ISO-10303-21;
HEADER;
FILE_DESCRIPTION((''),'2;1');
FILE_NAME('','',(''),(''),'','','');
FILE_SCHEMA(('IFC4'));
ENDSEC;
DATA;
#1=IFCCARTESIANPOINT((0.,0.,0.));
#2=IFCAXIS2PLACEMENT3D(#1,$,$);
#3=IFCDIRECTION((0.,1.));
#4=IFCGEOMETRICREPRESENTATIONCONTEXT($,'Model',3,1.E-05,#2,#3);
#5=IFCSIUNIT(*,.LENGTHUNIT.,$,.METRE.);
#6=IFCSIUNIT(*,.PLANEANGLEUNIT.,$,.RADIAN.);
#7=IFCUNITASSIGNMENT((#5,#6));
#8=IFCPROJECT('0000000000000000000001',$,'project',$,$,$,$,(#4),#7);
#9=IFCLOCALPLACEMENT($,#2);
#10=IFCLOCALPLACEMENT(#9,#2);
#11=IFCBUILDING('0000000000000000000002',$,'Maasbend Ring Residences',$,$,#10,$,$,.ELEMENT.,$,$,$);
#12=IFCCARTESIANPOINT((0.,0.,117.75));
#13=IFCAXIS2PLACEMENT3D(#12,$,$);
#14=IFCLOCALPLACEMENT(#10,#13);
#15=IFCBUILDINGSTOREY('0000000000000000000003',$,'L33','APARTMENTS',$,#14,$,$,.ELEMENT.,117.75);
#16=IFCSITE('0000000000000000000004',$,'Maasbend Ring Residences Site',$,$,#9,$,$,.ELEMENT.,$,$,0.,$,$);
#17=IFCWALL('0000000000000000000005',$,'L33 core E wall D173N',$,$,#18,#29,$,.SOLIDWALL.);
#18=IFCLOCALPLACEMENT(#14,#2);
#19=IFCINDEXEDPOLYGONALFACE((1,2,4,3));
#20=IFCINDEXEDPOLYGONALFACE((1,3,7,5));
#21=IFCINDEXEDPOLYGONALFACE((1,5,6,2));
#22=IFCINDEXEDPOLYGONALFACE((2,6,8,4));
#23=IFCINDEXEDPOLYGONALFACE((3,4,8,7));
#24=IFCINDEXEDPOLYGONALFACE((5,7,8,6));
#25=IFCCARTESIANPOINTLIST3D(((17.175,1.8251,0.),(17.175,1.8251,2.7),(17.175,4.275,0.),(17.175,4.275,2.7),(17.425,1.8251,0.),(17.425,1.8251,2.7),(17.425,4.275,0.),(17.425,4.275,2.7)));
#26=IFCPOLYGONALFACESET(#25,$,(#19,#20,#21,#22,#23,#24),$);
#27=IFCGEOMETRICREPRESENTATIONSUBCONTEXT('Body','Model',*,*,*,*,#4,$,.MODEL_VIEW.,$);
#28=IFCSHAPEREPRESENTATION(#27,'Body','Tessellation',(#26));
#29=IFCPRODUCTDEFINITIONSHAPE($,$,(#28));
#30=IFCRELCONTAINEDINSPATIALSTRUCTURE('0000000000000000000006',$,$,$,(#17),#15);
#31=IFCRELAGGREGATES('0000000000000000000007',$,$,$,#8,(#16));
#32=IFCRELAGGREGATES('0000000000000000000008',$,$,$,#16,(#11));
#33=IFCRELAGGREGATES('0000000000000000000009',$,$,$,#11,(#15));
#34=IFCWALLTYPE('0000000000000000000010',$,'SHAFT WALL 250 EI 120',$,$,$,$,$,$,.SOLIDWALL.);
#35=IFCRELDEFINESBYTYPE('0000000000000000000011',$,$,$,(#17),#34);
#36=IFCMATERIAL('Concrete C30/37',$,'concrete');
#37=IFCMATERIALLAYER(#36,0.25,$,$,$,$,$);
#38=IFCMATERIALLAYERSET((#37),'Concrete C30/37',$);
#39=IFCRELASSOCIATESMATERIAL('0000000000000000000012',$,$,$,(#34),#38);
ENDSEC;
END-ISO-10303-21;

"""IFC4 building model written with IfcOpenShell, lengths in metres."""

from ifc_helpers import new_model, si_unit, direction, frame, frame_2d, origin, place, context, subcontext, project, spatial, rectangle, extrude, material, layer, layer_set, type_object, element, save


model = new_model("IFC4")

# Units and contexts
model_context = context("Model", 3, precision=1e-05, world=origin(), true_north=direction((0.0, 1.0)))
body_context = subcontext(model_context, "Body", "Model", "MODEL_VIEW")
ifc_project = project(units=[si_unit("LENGTHUNIT", "METRE"), si_unit("PLANEANGLEUNIT", "RADIAN")], contexts=[model_context])

# Site, building, storey
site_placement = place(None, origin())
site = spatial("IfcSite", under=ifc_project, at=site_placement, Name="Maasbend Ring Residences Site", CompositionType="ELEMENT", RefElevation=0.0)
building_placement = place(site_placement, origin())
building = spatial("IfcBuilding", under=site, at=building_placement, Name="Maasbend Ring Residences", CompositionType="ELEMENT")
storey_placement = place(building_placement, frame((0.0, 0.0, 117.75)))
storey = spatial("IfcBuildingStorey", under=building, at=storey_placement, Name="L33", Description="APARTMENTS", CompositionType="ELEMENT", Elevation=117.75)

# Wall
ifc_material_1 = material(Name="Concrete C30/37", Category="concrete")
ifc_layer_1 = layer(ifc_material_1, 0.25)
ifc_layer_set_1 = layer_set([ifc_layer_1], Name="Concrete C30/37")
wall_type_1 = type_object("IfcWallType", Name="SHAFT WALL 250 EI 120", PredefinedType="SOLIDWALL", material=ifc_layer_set_1)
wall_1_placement = place(storey_placement, frame((17.3, 1.825, 0.0), z_axis=(0.0, 0.0, 1.0), x_axis=(0.0, 1.0, 0.0)))
element("IfcWall", 1, at=wall_1_placement, inside=storey, type_object=wall_type_1, Name="L33 core E wall D173N", PredefinedType="SOLIDWALL", context=body_context, shape_type="SweptSolid", body=[
    extrude(rectangle(XDim=2.45, YDim=0.25, at=frame_2d((1.2251, 0.0))), origin(), (0.0, 0.0, 1.0), 2.7),
])

save(model, "model.ifc")
